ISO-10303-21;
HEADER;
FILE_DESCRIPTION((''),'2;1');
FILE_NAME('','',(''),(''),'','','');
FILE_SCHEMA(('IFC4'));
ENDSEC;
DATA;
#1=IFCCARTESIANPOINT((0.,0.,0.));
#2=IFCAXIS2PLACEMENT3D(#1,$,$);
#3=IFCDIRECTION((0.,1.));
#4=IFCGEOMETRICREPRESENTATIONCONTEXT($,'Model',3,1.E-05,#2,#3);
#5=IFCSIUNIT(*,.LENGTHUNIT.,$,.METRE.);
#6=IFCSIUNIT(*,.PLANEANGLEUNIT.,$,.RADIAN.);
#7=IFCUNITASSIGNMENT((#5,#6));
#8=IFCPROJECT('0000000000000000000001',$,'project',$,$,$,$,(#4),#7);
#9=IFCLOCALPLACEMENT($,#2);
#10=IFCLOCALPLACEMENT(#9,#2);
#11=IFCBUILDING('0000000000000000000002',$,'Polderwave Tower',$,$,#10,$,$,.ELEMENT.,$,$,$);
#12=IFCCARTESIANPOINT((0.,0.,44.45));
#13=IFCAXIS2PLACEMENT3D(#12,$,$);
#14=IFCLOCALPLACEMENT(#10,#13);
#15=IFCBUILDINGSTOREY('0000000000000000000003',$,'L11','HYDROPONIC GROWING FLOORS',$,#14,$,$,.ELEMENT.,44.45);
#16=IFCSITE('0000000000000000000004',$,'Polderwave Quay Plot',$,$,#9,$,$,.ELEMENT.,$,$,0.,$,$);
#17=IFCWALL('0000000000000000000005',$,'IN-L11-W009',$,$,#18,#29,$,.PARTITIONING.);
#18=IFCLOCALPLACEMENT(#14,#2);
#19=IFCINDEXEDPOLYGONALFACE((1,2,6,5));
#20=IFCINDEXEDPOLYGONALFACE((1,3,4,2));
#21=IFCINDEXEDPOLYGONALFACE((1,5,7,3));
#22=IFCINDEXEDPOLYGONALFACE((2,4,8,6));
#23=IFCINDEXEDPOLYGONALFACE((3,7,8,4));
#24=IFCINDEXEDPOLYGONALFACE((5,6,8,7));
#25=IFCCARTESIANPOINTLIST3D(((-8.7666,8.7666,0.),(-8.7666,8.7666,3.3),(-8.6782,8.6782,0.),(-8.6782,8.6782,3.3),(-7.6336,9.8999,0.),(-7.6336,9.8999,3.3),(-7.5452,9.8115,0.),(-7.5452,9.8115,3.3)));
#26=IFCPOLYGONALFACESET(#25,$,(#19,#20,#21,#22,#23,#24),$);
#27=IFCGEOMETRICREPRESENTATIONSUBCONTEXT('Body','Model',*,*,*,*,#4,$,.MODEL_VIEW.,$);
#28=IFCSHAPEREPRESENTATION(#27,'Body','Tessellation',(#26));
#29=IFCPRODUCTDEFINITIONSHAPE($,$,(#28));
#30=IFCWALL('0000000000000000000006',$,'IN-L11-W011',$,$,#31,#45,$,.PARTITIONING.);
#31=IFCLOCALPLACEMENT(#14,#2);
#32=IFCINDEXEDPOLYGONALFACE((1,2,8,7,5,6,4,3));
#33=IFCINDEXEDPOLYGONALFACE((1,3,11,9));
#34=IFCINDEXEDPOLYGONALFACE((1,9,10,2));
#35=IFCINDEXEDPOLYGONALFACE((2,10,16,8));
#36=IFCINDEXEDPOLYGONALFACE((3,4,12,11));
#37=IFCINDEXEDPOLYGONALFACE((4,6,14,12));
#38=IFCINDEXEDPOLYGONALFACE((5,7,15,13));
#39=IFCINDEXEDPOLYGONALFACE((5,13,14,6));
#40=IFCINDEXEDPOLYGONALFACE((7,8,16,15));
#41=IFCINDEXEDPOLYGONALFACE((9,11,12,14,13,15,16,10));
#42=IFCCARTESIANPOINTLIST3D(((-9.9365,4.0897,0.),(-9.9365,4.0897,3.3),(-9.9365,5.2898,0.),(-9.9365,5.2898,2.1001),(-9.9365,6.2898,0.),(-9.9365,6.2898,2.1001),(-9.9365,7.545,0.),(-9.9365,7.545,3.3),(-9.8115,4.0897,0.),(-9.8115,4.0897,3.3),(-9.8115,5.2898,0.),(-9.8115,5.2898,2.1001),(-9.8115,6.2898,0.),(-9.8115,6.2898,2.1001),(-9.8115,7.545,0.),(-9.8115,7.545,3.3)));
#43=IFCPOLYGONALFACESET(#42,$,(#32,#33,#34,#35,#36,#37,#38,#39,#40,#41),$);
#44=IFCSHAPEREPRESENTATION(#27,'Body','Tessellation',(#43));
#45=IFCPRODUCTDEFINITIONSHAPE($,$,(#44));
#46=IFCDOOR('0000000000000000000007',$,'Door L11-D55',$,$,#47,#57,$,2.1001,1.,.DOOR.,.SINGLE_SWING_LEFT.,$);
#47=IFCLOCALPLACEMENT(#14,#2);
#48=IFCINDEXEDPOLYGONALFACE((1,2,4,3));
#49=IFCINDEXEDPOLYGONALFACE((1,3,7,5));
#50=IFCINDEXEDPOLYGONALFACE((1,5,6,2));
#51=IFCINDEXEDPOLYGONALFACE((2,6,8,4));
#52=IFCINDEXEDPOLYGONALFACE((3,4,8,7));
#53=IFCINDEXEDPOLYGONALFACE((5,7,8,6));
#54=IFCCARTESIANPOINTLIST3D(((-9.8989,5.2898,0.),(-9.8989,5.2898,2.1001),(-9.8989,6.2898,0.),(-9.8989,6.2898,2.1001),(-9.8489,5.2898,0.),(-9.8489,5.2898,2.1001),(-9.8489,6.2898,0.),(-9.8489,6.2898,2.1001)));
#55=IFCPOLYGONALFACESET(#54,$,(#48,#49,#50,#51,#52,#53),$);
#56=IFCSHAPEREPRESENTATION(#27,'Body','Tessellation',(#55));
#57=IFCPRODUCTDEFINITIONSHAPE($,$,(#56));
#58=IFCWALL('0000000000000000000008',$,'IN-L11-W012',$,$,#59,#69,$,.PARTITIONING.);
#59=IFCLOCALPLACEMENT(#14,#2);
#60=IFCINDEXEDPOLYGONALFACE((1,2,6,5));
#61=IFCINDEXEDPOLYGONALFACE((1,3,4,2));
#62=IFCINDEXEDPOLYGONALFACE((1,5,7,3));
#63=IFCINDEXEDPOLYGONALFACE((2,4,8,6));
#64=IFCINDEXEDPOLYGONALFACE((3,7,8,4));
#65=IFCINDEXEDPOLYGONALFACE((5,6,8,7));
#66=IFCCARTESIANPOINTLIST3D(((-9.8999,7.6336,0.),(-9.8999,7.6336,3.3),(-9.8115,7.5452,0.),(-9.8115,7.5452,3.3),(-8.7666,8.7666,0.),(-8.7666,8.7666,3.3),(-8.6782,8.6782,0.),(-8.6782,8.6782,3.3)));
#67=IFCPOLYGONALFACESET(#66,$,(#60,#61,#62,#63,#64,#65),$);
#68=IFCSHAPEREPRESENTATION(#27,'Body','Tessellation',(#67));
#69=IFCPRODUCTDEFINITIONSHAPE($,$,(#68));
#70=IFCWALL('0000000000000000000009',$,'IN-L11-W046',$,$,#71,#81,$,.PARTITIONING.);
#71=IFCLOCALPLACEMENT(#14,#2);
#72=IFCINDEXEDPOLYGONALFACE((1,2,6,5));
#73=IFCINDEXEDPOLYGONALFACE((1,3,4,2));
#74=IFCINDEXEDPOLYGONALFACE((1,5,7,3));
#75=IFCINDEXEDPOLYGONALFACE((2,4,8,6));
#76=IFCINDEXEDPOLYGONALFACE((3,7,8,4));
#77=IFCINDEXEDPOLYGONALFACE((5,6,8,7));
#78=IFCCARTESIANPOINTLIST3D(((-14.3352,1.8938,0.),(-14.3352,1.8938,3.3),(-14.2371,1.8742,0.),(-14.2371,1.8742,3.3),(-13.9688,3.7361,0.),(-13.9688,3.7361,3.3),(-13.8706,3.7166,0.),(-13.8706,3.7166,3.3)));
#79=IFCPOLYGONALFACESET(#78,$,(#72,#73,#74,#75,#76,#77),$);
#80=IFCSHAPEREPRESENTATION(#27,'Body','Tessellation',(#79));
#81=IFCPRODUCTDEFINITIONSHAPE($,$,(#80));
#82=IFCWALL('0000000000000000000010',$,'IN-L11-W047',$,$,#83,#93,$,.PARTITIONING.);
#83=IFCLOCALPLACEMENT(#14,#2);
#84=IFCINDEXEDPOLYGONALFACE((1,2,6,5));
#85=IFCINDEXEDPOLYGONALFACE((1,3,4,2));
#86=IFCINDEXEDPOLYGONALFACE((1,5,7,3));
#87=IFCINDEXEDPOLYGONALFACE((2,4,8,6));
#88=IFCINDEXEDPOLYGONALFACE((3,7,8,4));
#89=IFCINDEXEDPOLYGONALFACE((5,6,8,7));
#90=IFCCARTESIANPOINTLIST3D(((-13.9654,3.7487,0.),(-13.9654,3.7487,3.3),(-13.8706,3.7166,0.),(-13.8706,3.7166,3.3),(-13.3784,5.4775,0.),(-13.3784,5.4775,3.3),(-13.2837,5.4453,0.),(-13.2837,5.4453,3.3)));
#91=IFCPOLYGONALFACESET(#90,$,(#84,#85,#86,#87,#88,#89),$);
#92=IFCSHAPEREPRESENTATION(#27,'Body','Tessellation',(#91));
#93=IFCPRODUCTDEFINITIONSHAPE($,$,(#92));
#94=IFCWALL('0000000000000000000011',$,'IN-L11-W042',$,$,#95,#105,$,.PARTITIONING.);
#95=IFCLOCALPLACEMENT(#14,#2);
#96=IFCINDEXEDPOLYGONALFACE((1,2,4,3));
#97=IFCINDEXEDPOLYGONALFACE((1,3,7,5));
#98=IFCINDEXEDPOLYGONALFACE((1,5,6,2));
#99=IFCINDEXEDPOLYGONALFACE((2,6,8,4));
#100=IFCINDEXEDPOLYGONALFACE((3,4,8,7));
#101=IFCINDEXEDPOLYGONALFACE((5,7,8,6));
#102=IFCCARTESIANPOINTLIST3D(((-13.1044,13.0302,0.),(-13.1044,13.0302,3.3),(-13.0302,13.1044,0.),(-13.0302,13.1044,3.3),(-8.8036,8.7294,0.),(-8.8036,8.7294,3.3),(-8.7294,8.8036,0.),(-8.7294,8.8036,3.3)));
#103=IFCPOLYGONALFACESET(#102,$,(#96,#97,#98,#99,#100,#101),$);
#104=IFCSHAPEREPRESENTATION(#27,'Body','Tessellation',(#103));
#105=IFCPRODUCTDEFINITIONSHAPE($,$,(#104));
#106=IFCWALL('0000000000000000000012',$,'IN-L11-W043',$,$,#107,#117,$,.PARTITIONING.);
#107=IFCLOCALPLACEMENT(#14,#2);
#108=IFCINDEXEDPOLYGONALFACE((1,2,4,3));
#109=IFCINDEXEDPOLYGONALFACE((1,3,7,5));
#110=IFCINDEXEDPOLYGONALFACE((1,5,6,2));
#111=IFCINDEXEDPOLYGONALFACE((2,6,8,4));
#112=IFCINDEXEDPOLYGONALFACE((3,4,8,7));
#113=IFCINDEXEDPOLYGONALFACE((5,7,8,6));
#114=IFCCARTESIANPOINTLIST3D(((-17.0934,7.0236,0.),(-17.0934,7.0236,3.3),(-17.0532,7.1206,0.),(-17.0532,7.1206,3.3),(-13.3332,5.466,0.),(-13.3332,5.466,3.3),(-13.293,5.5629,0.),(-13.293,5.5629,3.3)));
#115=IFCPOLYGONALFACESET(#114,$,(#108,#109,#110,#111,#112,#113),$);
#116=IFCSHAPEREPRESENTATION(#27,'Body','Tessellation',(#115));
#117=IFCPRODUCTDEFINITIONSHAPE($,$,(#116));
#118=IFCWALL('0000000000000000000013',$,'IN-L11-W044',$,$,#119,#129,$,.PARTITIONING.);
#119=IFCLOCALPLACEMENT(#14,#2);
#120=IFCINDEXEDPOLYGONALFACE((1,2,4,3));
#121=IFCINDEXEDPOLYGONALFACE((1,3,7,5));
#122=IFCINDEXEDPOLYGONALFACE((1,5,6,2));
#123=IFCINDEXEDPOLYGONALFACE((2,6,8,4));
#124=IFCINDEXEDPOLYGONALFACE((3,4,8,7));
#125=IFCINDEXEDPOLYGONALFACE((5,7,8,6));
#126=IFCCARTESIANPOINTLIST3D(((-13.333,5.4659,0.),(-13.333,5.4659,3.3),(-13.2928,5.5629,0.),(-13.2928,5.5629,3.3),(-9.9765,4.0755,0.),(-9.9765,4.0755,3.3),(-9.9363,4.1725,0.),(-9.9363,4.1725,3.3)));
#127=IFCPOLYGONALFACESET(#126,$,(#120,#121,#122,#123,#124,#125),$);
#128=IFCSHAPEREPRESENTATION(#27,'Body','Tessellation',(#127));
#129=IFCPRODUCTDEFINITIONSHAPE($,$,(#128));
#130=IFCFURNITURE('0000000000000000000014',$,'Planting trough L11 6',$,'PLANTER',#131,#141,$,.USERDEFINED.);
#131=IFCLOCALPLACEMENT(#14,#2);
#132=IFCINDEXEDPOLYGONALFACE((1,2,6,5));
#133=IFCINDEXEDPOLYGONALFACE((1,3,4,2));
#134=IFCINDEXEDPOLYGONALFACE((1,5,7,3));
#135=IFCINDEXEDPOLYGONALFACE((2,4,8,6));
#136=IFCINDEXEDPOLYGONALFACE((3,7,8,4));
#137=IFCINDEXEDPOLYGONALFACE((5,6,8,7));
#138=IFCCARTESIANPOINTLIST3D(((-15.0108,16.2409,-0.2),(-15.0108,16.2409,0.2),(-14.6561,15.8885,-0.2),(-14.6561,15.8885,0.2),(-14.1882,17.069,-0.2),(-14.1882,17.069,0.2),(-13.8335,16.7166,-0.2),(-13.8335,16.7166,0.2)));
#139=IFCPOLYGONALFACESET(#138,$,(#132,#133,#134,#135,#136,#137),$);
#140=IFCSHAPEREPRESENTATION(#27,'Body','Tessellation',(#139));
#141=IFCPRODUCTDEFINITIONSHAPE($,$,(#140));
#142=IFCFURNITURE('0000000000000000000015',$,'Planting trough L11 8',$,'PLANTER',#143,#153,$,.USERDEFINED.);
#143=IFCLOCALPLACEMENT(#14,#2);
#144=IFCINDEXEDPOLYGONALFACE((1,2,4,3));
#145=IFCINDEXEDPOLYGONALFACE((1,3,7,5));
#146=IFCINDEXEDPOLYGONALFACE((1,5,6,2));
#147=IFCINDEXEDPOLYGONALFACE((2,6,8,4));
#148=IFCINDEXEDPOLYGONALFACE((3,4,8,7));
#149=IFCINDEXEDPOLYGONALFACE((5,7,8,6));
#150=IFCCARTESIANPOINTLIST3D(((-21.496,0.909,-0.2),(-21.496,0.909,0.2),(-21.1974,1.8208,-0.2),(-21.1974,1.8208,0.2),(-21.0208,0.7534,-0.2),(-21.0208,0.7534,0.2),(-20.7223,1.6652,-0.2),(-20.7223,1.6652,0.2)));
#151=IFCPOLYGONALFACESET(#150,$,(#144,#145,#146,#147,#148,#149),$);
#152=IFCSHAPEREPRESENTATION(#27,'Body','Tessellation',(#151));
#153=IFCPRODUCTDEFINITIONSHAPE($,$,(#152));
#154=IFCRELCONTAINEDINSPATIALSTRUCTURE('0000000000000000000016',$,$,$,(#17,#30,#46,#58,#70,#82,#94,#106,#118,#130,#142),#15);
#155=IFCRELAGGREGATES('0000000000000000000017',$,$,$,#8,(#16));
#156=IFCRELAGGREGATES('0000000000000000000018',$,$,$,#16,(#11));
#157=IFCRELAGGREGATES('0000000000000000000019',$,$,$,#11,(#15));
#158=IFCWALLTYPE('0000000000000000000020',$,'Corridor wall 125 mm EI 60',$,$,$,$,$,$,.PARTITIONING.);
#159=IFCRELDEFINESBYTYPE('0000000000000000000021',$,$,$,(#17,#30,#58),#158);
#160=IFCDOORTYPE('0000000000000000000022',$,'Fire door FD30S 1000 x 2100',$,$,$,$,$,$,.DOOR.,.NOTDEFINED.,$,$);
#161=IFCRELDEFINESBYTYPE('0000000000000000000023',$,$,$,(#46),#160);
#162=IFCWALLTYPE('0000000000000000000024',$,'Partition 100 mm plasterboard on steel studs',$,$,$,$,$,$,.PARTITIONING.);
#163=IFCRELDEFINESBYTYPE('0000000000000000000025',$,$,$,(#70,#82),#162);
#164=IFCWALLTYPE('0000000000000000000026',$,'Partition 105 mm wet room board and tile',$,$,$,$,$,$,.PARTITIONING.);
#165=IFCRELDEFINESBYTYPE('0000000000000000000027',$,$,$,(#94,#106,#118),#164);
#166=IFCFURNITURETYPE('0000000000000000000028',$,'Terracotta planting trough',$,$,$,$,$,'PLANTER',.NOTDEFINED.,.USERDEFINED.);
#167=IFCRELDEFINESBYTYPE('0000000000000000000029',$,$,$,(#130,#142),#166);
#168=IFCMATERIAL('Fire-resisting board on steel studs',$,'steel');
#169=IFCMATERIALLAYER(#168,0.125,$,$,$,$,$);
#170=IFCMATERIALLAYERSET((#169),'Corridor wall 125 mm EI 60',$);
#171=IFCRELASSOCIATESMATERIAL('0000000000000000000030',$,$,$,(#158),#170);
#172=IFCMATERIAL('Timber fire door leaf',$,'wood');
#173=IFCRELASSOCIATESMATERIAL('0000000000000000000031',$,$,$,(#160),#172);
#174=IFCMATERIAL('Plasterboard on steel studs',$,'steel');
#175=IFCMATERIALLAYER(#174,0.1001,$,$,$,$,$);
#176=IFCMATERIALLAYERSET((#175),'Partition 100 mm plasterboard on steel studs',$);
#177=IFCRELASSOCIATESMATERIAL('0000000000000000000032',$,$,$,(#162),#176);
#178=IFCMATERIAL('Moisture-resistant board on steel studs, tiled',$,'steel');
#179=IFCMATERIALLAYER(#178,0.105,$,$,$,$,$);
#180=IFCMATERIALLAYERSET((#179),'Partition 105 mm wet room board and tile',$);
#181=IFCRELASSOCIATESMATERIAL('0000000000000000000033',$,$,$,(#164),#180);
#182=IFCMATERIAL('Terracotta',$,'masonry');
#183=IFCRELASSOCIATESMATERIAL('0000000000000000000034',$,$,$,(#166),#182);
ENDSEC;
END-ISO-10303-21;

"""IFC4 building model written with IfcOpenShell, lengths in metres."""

from ifc_helpers import new_model, si_unit, direction, frame, frame_2d, origin, origin_2d, place, context, subcontext, project, spatial, rectangle, extrude, material, layer, layer_set, type_object, element, fill, save


model = new_model("IFC4")

# Units and contexts
model_context = context("Model", 3, precision=1e-05, world=origin(), true_north=direction((0.0, 1.0)))
body_context = subcontext(model_context, "Body", "Model", "MODEL_VIEW")
ifc_project = project(units=[si_unit("LENGTHUNIT", "METRE"), si_unit("PLANEANGLEUNIT", "RADIAN")], contexts=[model_context])

# Site, building, storey
site_placement = place(None, origin())
site = spatial("IfcSite", under=ifc_project, at=site_placement, Name="Polderwave Quay Plot", CompositionType="ELEMENT", RefElevation=0.0)
building_placement = place(site_placement, origin())
building = spatial("IfcBuilding", under=site, at=building_placement, Name="Polderwave Tower", CompositionType="ELEMENT")
storey_placement = place(building_placement, frame((0.0, 0.0, 44.45)))
storey = spatial("IfcBuildingStorey", under=building, at=storey_placement, Name="L11", Description="HYDROPONIC GROWING FLOORS", CompositionType="ELEMENT", Elevation=44.45)

# Wall
ifc_material_1 = material(Name="Fire-resisting board on steel studs", Category="steel")
ifc_layer_1 = layer(ifc_material_1, 0.125)
ifc_layer_set_1 = layer_set([ifc_layer_1], Name="Corridor wall 125 mm EI 60")
wall_type_1 = type_object("IfcWallType", Name="Corridor wall 125 mm EI 60", PredefinedType="PARTITIONING", material=ifc_layer_set_1)
wall_1_placement = place(storey_placement, frame((-8.7224, 8.7224, 0.0), z_axis=(0.0, 0.0, 1.0), x_axis=(0.707031, 0.707183, 0.0)))
element("IfcWall", 1, at=wall_1_placement, inside=storey, type_object=wall_type_1, Name="IN-L11-W009", PredefinedType="PARTITIONING", context=body_context, shape_type="SweptSolid", body=[
    extrude(rectangle(XDim=1.6025, YDim=0.125, at=frame_2d((0.8013, 0.0))), origin(), (0.0, 0.0, 1.0), 3.3),
])

# Wall, opening, door
wall_2_placement = place(storey_placement, frame((-9.874, 4.0898, 0.0), z_axis=(0.0, 0.0, 1.0), x_axis=(0.0, 1.0, 0.0)))
wall_2 = element("IfcWall", 2, at=wall_2_placement, inside=storey, type_object=wall_type_1, Name="IN-L11-W011", PredefinedType="PARTITIONING", context=body_context, shape_type="SweptSolid", body=[
    extrude(rectangle(XDim=3.4553, YDim=0.125, at=frame_2d((1.7275, 0.0))), origin(), (0.0, 0.0, 1.0), 3.3),
])
opening_placement = place(wall_2_placement, frame((1.2, 0.0, 0.0)))
opening = element("IfcOpeningElement", 3, at=opening_placement, cuts=wall_2, PredefinedType="OPENING", context=body_context, shape_type="SweptSolid", body=[
    extrude(rectangle(XDim=1.0, YDim=2.1001, at=frame_2d((0.5, 1.05))), frame((0.0, 0.0725, 0.0), z_axis=(0.0, -1.0, 0.0), x_axis=(1.0, 0.0, 0.0)), (0.0, 0.0, 1.0), 0.145),
])
ifc_material_2 = material(Name="Timber fire door leaf", Category="wood")
door_type = type_object("IfcDoorType", Name="Fire door FD30S 1000 x 2100", OperationType="NOTDEFINED", PredefinedType="DOOR", material=ifc_material_2)
door_placement = place(opening_placement, origin())
door = element("IfcDoor", 4, at=door_placement, inside=storey, type_object=door_type, Name="Door L11-D55", OperationType="SINGLE_SWING_LEFT", OverallHeight=2.1001, OverallWidth=1.0, PredefinedType="DOOR", context=body_context, shape_type="SweptSolid", body=[
    extrude(rectangle(XDim=1.0, YDim=2.1001, at=frame_2d((0.5, 1.05))), frame((0.0, 0.0249, 0.0), z_axis=(0.0, -1.0, 0.0), x_axis=(1.0, 0.0, 0.0)), (0.0, 0.0, 1.0), 0.05),
])
fill(opening, door)

# Walls
wall_3_placement = place(storey_placement, frame((-9.8557, 7.5894, 0.0), z_axis=(0.0, 0.0, 1.0), x_axis=(0.707183, 0.707031, 0.0)))
element("IfcWall", 5, at=wall_3_placement, inside=storey, type_object=wall_type_1, Name="IN-L11-W012", PredefinedType="PARTITIONING", context=body_context, shape_type="SweptSolid", body=[
    extrude(rectangle(XDim=1.6025, YDim=0.125, at=frame_2d((0.8013, 0.0))), origin(), (0.0, 0.0, 1.0), 3.3),
])
ifc_material_3 = material(Name="Plasterboard on steel studs", Category="steel")
ifc_layer_2 = layer(ifc_material_3, 0.1001)
ifc_layer_set_2 = layer_set([ifc_layer_2], Name="Partition 100 mm plasterboard on steel studs")
wall_type_2 = type_object("IfcWallType", Name="Partition 100 mm plasterboard on steel studs", PredefinedType="PARTITIONING", material=ifc_layer_set_2)
wall_4_placement = place(storey_placement, frame((-13.9197, 3.7263, 0.0), z_axis=(0.0, 0.0, 1.0), x_axis=(-0.195091, -0.980785, 0.0)))
element("IfcWall", 6, at=wall_4_placement, inside=storey, type_object=wall_type_2, Name="IN-L11-W046", PredefinedType="PARTITIONING", context=body_context, shape_type="SweptSolid", body=[
    extrude(rectangle(XDim=1.8784, YDim=0.1001, at=frame_2d((0.9392, 0.0))), origin(), (0.0, 0.0, 1.0), 3.3),
])
wall_5_placement = place(storey_placement, frame((-13.3311, 5.4614, 0.0), z_axis=(0.0, 0.0, 1.0), x_axis=(-0.321478, -0.946917, 0.0)))
element("IfcWall", 7, at=wall_5_placement, inside=storey, type_object=wall_type_2, Name="IN-L11-W047", PredefinedType="PARTITIONING", context=body_context, shape_type="SweptSolid", body=[
    extrude(rectangle(XDim=1.8257, YDim=0.1001, at=frame_2d((0.9128, 0.0))), origin(), (0.0, 0.0, 1.0), 3.3),
])
ifc_material_4 = material(Name="Moisture-resistant board on steel studs, tiled", Category="steel")
ifc_layer_3 = layer(ifc_material_4, 0.105)
ifc_layer_set_3 = layer_set([ifc_layer_3], Name="Partition 105 mm wet room board and tile")
wall_type_3 = type_object("IfcWallType", Name="Partition 105 mm wet room board and tile", PredefinedType="PARTITIONING", material=ifc_layer_set_3)
wall_6_placement = place(storey_placement, frame((-8.7666, 8.7666, 0.0), z_axis=(0.0, 0.0, 1.0), x_axis=(-0.707107, 0.707107, 0.0)))
element("IfcWall", 8, at=wall_6_placement, inside=storey, type_object=wall_type_3, Name="IN-L11-W042", PredefinedType="PARTITIONING", context=body_context, shape_type="SweptSolid", body=[
    extrude(rectangle(XDim=6.0823, YDim=0.105, at=frame_2d((3.041, 0.0))), origin(), (0.0, 0.0, 1.0), 3.3),
])
wall_7_placement = place(storey_placement, frame((-13.313, 5.5144, 0.0), z_axis=(0.0, 0.0, 1.0), x_axis=(-0.923874, 0.382698, 0.0)))
element("IfcWall", 9, at=wall_7_placement, inside=storey, type_object=wall_type_3, Name="IN-L11-W043", PredefinedType="PARTITIONING", context=body_context, shape_type="SweptSolid", body=[
    extrude(rectangle(XDim=4.0701, YDim=0.105, at=frame_2d((2.0352, 0.0))), origin(), (0.0, 0.0, 1.0), 3.3),
])
wall_8_placement = place(storey_placement, frame((-9.9565, 4.124, 0.0), z_axis=(0.0, 0.0, 1.0), x_axis=(-0.92387, 0.382706, 0.0)))
element("IfcWall", 10, at=wall_8_placement, inside=storey, type_object=wall_type_3, Name="IN-L11-W044", PredefinedType="PARTITIONING", context=body_context, shape_type="SweptSolid", body=[
    extrude(rectangle(XDim=3.6331, YDim=0.105, at=frame_2d((1.8164, 0.0))), origin(), (0.0, 0.0, 1.0), 3.3),
])

# Furniture
ifc_material_5 = material(Name="Terracotta", Category="masonry")
furniture_type = type_object("IfcFurnitureType", Name="Terracotta planting trough", ElementType="PLANTER", AssemblyPlace="NOTDEFINED", PredefinedType="USERDEFINED", material=ifc_material_5)
furniture_1_placement = place(storey_placement, frame((-14.4221, 16.4788, -0.2), z_axis=(0.0, 0.0, 1.0), x_axis=(-0.704741, -0.709465, 0.0)))
element("IfcFurniture", 11, at=furniture_1_placement, inside=storey, type_object=furniture_type, Name="Planting trough L11 6", ObjectType="PLANTER", PredefinedType="USERDEFINED", context=body_context, shape_type="SweptSolid", body=[
    extrude(rectangle(XDim=1.1672, YDim=0.5, at=origin_2d()), origin(), (0.0, 0.0, 1.0), 0.3999),
])
furniture_2_placement = place(storey_placement, frame((-21.1091, 1.2871, -0.2), z_axis=(0.0, 0.0, 1.0), x_axis=(-0.311167, -0.950355, 0.0)))
element("IfcFurniture", 12, at=furniture_2_placement, inside=storey, type_object=furniture_type, Name="Planting trough L11 8", ObjectType="PLANTER", PredefinedType="USERDEFINED", context=body_context, shape_type="SweptSolid", body=[
    extrude(rectangle(XDim=0.9595, YDim=0.5, at=origin_2d()), origin(), (0.0, 0.0, 1.0), 0.3999),
])

save(model, "model.ifc")
